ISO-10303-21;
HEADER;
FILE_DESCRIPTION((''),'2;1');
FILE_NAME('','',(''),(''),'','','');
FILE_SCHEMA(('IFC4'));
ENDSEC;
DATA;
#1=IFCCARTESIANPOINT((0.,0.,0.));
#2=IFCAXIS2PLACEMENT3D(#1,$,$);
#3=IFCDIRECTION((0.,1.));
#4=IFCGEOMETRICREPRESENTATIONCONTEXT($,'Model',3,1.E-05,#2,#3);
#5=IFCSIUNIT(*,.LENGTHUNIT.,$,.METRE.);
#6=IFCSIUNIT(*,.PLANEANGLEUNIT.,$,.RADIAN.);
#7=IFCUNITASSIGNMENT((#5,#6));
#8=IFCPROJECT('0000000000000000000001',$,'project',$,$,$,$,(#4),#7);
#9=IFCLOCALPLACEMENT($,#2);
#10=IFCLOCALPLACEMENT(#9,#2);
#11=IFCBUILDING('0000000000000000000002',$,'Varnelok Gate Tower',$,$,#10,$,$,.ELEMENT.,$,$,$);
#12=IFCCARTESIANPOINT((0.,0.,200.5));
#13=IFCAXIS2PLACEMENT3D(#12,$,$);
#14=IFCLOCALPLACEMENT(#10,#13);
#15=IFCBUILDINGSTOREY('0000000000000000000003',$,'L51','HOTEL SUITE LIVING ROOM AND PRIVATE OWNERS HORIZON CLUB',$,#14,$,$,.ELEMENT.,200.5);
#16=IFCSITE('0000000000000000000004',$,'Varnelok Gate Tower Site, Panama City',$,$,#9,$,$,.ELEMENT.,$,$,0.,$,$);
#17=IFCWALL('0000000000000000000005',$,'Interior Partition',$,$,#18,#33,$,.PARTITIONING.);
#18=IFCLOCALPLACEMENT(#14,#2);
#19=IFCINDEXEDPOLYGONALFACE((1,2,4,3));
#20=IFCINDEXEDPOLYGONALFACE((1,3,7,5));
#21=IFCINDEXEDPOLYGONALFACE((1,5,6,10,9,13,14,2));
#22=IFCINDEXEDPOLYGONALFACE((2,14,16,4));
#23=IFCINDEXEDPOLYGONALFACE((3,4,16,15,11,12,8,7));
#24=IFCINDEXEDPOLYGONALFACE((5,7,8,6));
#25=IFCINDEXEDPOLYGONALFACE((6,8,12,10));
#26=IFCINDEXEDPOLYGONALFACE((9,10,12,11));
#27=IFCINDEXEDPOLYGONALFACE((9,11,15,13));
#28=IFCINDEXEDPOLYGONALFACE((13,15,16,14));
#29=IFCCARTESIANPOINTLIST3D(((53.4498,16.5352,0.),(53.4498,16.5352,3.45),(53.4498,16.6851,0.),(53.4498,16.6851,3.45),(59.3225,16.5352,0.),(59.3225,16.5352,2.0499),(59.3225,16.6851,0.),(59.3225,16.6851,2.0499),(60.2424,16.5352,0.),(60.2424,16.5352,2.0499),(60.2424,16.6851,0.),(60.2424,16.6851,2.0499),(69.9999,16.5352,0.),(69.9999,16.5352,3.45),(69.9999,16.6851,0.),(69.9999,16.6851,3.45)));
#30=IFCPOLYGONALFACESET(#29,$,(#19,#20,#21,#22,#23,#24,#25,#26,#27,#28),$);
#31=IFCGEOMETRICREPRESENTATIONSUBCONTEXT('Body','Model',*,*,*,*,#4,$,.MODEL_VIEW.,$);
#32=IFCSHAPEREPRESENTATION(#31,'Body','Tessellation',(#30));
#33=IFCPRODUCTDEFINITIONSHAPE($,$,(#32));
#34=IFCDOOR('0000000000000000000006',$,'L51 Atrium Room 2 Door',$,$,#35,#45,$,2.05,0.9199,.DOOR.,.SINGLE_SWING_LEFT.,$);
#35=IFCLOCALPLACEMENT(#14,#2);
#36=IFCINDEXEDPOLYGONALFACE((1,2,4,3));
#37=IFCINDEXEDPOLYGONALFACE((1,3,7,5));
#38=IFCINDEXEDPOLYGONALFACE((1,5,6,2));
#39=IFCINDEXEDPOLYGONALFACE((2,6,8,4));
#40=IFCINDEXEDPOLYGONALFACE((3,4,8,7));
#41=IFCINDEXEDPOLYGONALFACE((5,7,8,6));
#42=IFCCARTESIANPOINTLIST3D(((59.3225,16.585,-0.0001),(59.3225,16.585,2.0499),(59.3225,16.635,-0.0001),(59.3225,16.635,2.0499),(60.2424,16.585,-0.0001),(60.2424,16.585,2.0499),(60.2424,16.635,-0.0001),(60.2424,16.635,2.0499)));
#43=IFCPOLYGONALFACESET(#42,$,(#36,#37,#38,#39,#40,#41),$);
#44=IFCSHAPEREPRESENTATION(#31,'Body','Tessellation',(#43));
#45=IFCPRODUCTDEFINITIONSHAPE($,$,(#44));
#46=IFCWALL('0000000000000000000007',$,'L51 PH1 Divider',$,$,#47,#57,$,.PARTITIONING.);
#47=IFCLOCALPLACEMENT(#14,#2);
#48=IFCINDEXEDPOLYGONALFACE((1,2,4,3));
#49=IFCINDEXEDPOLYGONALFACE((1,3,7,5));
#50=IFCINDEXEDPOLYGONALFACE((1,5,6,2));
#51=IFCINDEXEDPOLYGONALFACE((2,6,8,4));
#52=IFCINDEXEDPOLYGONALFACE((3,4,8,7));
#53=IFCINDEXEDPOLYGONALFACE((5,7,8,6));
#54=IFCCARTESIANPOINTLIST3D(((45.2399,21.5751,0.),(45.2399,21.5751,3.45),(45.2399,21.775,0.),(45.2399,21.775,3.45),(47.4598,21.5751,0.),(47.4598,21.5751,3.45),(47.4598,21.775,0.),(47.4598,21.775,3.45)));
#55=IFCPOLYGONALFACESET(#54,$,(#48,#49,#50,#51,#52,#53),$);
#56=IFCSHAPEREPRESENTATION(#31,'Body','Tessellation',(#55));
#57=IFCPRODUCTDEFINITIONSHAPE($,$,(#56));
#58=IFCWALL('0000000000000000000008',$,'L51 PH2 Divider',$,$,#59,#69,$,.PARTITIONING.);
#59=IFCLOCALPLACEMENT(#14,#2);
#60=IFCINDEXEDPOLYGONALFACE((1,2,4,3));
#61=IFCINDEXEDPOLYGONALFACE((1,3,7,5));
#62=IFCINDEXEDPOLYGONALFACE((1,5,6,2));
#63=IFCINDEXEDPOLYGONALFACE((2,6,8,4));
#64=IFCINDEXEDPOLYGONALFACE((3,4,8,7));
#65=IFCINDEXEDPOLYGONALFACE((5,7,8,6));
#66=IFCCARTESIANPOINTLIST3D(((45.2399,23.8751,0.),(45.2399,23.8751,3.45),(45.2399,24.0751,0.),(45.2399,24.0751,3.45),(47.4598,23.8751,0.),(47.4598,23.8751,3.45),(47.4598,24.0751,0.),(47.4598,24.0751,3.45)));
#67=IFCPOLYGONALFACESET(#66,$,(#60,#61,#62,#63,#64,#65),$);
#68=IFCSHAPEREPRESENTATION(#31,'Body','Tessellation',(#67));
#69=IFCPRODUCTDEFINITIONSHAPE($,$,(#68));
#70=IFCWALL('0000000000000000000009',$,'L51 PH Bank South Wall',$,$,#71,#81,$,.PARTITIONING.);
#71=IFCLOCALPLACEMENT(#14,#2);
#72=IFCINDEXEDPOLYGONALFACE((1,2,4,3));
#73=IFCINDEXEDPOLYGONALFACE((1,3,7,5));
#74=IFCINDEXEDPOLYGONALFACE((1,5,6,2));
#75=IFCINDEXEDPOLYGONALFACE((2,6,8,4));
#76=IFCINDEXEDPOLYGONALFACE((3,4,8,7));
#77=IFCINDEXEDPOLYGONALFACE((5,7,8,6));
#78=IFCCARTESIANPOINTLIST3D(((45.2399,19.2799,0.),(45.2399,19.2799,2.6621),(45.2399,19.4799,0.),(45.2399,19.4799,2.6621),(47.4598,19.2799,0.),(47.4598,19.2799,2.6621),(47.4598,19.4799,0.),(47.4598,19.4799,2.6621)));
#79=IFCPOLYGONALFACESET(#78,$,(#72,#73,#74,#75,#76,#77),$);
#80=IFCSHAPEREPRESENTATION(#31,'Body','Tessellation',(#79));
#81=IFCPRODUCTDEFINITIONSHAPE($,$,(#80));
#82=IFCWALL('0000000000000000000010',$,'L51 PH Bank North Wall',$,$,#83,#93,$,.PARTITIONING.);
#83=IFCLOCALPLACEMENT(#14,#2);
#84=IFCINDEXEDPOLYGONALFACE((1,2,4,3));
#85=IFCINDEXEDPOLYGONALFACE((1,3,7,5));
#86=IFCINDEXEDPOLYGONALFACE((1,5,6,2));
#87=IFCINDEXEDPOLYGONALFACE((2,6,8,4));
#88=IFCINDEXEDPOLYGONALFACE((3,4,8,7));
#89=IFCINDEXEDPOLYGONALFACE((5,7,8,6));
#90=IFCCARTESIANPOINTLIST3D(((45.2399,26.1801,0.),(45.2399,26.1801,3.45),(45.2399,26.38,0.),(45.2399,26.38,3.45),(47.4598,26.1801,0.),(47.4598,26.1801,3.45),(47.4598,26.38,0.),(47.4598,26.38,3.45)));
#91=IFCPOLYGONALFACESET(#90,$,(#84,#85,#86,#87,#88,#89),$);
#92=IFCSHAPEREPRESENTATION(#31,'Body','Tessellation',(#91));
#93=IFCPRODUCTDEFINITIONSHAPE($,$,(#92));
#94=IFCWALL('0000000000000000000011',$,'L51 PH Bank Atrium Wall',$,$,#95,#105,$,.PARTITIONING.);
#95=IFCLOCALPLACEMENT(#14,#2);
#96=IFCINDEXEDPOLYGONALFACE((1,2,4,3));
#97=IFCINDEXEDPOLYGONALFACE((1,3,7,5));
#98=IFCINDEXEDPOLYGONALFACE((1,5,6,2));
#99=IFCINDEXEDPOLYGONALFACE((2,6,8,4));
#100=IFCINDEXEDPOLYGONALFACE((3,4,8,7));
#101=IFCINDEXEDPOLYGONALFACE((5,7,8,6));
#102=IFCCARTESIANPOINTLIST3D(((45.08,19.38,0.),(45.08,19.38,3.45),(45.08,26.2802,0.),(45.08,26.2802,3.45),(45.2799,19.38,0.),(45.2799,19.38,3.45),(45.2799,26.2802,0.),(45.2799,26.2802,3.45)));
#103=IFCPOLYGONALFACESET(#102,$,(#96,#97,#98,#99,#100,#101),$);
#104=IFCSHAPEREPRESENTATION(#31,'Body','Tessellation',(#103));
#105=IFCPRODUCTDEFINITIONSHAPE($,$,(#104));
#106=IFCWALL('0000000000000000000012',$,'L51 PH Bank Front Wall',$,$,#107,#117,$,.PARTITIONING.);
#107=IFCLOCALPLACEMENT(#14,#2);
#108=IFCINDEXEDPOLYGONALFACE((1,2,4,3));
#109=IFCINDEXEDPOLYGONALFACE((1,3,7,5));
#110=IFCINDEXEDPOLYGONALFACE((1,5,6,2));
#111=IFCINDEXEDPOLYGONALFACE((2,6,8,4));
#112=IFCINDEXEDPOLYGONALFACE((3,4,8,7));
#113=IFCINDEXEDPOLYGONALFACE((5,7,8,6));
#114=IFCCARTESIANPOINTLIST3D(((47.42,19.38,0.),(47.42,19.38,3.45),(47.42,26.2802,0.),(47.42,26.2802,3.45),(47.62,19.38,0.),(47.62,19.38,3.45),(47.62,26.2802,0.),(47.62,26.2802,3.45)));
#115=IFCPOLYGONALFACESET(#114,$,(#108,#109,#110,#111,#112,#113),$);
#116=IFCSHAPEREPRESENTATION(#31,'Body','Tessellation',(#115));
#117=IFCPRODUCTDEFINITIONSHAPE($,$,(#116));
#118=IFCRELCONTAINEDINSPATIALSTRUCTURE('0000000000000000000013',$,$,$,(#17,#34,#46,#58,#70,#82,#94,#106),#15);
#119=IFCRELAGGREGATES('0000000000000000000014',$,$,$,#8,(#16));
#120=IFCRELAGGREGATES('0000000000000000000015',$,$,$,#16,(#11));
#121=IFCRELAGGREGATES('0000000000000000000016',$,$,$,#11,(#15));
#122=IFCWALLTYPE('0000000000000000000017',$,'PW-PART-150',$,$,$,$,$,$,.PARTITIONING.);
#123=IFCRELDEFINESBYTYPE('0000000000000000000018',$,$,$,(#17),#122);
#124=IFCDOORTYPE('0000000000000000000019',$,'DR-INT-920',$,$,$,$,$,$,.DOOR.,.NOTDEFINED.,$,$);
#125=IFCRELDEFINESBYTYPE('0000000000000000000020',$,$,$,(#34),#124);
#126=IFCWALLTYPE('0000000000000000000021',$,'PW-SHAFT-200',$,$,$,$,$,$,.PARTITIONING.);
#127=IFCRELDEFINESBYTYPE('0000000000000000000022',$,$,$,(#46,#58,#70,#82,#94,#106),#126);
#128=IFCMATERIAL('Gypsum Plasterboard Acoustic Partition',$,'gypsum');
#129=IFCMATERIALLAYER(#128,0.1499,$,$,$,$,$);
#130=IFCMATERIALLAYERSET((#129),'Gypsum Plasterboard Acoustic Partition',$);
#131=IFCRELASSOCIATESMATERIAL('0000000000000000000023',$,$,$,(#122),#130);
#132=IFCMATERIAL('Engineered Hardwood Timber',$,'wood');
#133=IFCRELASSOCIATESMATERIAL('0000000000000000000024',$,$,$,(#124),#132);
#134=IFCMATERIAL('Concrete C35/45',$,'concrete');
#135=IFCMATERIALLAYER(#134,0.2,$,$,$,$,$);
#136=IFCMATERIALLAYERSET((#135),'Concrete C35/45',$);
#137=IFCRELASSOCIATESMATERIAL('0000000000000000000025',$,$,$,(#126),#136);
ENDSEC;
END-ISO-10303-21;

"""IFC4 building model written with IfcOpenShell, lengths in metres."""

from ifc_helpers import new_model, si_unit, direction, frame, frame_2d, origin, place, context, subcontext, project, spatial, rectangle, extrude, material, layer, layer_set, type_object, element, fill, save


model = new_model("IFC4")

# Units and contexts
model_context = context("Model", 3, precision=1e-05, world=origin(), true_north=direction((0.0, 1.0)))
body_context = subcontext(model_context, "Body", "Model", "MODEL_VIEW")
ifc_project = project(units=[si_unit("LENGTHUNIT", "METRE"), si_unit("PLANEANGLEUNIT", "RADIAN")], contexts=[model_context])

# Site, building, storey
site_placement = place(None, origin())
site = spatial("IfcSite", under=ifc_project, at=site_placement, Name="Varnelok Gate Tower Site, Panama City", CompositionType="ELEMENT", RefElevation=0.0)
building_placement = place(site_placement, origin())
building = spatial("IfcBuilding", under=site, at=building_placement, Name="Varnelok Gate Tower", CompositionType="ELEMENT")
storey_placement = place(building_placement, frame((0.0, 0.0, 200.5)))
storey = spatial("IfcBuildingStorey", under=building, at=storey_placement, Name="L51", Description="HOTEL SUITE LIVING ROOM AND PRIVATE OWNERS HORIZON CLUB", CompositionType="ELEMENT", Elevation=200.5)

# Shared definitions
ifc_material_1 = material(Name="Gypsum Plasterboard Acoustic Partition", Category="gypsum")
ifc_material_2 = material(Name="Engineered Hardwood Timber", Category="wood")

# Wall, opening, door
ifc_layer_1 = layer(ifc_material_1, 0.1499)
ifc_layer_set_1 = layer_set([ifc_layer_1], Name="Gypsum Plasterboard Acoustic Partition")
wall_type_1 = type_object("IfcWallType", Name="PW-PART-150", PredefinedType="PARTITIONING", material=ifc_layer_set_1)
wall_1_placement = place(storey_placement, frame((53.45, 16.6101, 0.0), z_axis=(0.0, 0.0, 1.0), x_axis=(1.0, 0.0, 0.0)))
wall_1 = element("IfcWall", 1, at=wall_1_placement, inside=storey, type_object=wall_type_1, Name="Interior Partition", PredefinedType="PARTITIONING", context=body_context, shape_type="SweptSolid", body=[
    extrude(rectangle(XDim=16.55, YDim=0.1499, at=frame_2d((8.2749, 0.0))), origin(), (0.0, 0.0, 1.0), 3.45),
])
opening_1_placement = place(wall_1_placement, frame((5.8726, 0.0, 0.0)))
opening_1 = element("IfcOpeningElement", 2, at=opening_1_placement, cuts=wall_1, PredefinedType="OPENING", context=body_context, shape_type="SweptSolid", body=[
    extrude(rectangle(XDim=0.9199, YDim=2.05, at=frame_2d((0.46, 1.0249))), frame((0.0, 0.085, 0.0), z_axis=(0.0, -1.0, 0.0), x_axis=(1.0, 0.0, 0.0)), (0.0, 0.0, 1.0), 0.1699),
])
door_type_1 = type_object("IfcDoorType", Name="DR-INT-920", OperationType="NOTDEFINED", PredefinedType="DOOR", material=ifc_material_2)
door_1_placement = place(opening_1_placement, origin())
door_1 = element("IfcDoor", 3, at=door_1_placement, inside=storey, type_object=door_type_1, Name="L51 Atrium Room 2 Door", OperationType="SINGLE_SWING_LEFT", OverallHeight=2.05, OverallWidth=0.9199, PredefinedType="DOOR", context=body_context, shape_type="SweptSolid", body=[
    extrude(rectangle(XDim=0.9199, YDim=2.05, at=frame_2d((0.46, 1.0249))), frame((0.0, 0.0249, 0.0), z_axis=(0.0, -1.0, 0.0), x_axis=(1.0, 0.0, 0.0)), (0.0, 0.0, 1.0), 0.05),
])
fill(opening_1, door_1)

# Walls
ifc_material_3 = material(Name="Concrete C35/45", Category="concrete")
ifc_layer_2 = layer(ifc_material_3, 0.2)
ifc_layer_set_2 = layer_set([ifc_layer_2], Name="Concrete C35/45")
wall_type_2 = type_object("IfcWallType", Name="PW-SHAFT-200", PredefinedType="PARTITIONING", material=ifc_layer_set_2)
for number, where, z_axis, x_axis, name in (
    (4, (45.24, 21.675, 0.0), (0.0, 0.0, 1.0), (1.0, 0.0, 0.0), "L51 PH1 Divider"),
    (5, (45.24, 23.9751, 0.0), (0.0, 0.0, 1.0), (1.0, 0.0, 0.0), "L51 PH2 Divider"),
):
    element("IfcWall", number, at=place(storey_placement, frame(where, z_axis=z_axis, x_axis=x_axis)), inside=storey, type_object=wall_type_2, Name=name, PredefinedType="PARTITIONING", context=body_context, shape_type="SweptSolid", body=[
        extrude(rectangle(XDim=2.22, YDim=0.2, at=frame_2d((1.1099, 0.0))), origin(), (0.0, 0.0, 1.0), 3.45),
    ])
wall_2_placement = place(storey_placement, frame((45.24, 19.3799, 0.0), z_axis=(0.0, 0.0, 1.0), x_axis=(1.0, 0.0, 0.0)))
element("IfcWall", 6, at=wall_2_placement, inside=storey, type_object=wall_type_2, Name="L51 PH Bank South Wall", PredefinedType="PARTITIONING", context=body_context, shape_type="SweptSolid", body=[
    extrude(rectangle(XDim=2.22, YDim=0.2, at=frame_2d((1.1099, 0.0))), origin(), (0.0, 0.0, 1.0), 2.6621),
])
wall_3_placement = place(storey_placement, frame((45.24, 26.28, 0.0), z_axis=(0.0, 0.0, 1.0), x_axis=(1.0, 0.0, 0.0)))
element("IfcWall", 7, at=wall_3_placement, inside=storey, type_object=wall_type_2, Name="L51 PH Bank North Wall", PredefinedType="PARTITIONING", context=body_context, shape_type="SweptSolid", body=[
    extrude(rectangle(XDim=2.22, YDim=0.2, at=frame_2d((1.1099, 0.0))), origin(), (0.0, 0.0, 1.0), 3.45),
])
for number, where, z_axis, x_axis, name in (
    (8, (45.1799, 19.3799, 0.0), (0.0, 0.0, 1.0), (0.0, 1.0, 0.0), "L51 PH Bank Atrium Wall"),
    (9, (47.52, 19.3799, 0.0), (0.0, 0.0, 1.0), (0.0, 1.0, 0.0), "L51 PH Bank Front Wall"),
):
    element("IfcWall", number, at=place(storey_placement, frame(where, z_axis=z_axis, x_axis=x_axis)), inside=storey, type_object=wall_type_2, Name=name, PredefinedType="PARTITIONING", context=body_context, shape_type="SweptSolid", body=[
        extrude(rectangle(XDim=6.9001, YDim=0.2, at=frame_2d((3.4502, 0.0))), origin(), (0.0, 0.0, 1.0), 3.45),
    ])

save(model, "model.ifc")
